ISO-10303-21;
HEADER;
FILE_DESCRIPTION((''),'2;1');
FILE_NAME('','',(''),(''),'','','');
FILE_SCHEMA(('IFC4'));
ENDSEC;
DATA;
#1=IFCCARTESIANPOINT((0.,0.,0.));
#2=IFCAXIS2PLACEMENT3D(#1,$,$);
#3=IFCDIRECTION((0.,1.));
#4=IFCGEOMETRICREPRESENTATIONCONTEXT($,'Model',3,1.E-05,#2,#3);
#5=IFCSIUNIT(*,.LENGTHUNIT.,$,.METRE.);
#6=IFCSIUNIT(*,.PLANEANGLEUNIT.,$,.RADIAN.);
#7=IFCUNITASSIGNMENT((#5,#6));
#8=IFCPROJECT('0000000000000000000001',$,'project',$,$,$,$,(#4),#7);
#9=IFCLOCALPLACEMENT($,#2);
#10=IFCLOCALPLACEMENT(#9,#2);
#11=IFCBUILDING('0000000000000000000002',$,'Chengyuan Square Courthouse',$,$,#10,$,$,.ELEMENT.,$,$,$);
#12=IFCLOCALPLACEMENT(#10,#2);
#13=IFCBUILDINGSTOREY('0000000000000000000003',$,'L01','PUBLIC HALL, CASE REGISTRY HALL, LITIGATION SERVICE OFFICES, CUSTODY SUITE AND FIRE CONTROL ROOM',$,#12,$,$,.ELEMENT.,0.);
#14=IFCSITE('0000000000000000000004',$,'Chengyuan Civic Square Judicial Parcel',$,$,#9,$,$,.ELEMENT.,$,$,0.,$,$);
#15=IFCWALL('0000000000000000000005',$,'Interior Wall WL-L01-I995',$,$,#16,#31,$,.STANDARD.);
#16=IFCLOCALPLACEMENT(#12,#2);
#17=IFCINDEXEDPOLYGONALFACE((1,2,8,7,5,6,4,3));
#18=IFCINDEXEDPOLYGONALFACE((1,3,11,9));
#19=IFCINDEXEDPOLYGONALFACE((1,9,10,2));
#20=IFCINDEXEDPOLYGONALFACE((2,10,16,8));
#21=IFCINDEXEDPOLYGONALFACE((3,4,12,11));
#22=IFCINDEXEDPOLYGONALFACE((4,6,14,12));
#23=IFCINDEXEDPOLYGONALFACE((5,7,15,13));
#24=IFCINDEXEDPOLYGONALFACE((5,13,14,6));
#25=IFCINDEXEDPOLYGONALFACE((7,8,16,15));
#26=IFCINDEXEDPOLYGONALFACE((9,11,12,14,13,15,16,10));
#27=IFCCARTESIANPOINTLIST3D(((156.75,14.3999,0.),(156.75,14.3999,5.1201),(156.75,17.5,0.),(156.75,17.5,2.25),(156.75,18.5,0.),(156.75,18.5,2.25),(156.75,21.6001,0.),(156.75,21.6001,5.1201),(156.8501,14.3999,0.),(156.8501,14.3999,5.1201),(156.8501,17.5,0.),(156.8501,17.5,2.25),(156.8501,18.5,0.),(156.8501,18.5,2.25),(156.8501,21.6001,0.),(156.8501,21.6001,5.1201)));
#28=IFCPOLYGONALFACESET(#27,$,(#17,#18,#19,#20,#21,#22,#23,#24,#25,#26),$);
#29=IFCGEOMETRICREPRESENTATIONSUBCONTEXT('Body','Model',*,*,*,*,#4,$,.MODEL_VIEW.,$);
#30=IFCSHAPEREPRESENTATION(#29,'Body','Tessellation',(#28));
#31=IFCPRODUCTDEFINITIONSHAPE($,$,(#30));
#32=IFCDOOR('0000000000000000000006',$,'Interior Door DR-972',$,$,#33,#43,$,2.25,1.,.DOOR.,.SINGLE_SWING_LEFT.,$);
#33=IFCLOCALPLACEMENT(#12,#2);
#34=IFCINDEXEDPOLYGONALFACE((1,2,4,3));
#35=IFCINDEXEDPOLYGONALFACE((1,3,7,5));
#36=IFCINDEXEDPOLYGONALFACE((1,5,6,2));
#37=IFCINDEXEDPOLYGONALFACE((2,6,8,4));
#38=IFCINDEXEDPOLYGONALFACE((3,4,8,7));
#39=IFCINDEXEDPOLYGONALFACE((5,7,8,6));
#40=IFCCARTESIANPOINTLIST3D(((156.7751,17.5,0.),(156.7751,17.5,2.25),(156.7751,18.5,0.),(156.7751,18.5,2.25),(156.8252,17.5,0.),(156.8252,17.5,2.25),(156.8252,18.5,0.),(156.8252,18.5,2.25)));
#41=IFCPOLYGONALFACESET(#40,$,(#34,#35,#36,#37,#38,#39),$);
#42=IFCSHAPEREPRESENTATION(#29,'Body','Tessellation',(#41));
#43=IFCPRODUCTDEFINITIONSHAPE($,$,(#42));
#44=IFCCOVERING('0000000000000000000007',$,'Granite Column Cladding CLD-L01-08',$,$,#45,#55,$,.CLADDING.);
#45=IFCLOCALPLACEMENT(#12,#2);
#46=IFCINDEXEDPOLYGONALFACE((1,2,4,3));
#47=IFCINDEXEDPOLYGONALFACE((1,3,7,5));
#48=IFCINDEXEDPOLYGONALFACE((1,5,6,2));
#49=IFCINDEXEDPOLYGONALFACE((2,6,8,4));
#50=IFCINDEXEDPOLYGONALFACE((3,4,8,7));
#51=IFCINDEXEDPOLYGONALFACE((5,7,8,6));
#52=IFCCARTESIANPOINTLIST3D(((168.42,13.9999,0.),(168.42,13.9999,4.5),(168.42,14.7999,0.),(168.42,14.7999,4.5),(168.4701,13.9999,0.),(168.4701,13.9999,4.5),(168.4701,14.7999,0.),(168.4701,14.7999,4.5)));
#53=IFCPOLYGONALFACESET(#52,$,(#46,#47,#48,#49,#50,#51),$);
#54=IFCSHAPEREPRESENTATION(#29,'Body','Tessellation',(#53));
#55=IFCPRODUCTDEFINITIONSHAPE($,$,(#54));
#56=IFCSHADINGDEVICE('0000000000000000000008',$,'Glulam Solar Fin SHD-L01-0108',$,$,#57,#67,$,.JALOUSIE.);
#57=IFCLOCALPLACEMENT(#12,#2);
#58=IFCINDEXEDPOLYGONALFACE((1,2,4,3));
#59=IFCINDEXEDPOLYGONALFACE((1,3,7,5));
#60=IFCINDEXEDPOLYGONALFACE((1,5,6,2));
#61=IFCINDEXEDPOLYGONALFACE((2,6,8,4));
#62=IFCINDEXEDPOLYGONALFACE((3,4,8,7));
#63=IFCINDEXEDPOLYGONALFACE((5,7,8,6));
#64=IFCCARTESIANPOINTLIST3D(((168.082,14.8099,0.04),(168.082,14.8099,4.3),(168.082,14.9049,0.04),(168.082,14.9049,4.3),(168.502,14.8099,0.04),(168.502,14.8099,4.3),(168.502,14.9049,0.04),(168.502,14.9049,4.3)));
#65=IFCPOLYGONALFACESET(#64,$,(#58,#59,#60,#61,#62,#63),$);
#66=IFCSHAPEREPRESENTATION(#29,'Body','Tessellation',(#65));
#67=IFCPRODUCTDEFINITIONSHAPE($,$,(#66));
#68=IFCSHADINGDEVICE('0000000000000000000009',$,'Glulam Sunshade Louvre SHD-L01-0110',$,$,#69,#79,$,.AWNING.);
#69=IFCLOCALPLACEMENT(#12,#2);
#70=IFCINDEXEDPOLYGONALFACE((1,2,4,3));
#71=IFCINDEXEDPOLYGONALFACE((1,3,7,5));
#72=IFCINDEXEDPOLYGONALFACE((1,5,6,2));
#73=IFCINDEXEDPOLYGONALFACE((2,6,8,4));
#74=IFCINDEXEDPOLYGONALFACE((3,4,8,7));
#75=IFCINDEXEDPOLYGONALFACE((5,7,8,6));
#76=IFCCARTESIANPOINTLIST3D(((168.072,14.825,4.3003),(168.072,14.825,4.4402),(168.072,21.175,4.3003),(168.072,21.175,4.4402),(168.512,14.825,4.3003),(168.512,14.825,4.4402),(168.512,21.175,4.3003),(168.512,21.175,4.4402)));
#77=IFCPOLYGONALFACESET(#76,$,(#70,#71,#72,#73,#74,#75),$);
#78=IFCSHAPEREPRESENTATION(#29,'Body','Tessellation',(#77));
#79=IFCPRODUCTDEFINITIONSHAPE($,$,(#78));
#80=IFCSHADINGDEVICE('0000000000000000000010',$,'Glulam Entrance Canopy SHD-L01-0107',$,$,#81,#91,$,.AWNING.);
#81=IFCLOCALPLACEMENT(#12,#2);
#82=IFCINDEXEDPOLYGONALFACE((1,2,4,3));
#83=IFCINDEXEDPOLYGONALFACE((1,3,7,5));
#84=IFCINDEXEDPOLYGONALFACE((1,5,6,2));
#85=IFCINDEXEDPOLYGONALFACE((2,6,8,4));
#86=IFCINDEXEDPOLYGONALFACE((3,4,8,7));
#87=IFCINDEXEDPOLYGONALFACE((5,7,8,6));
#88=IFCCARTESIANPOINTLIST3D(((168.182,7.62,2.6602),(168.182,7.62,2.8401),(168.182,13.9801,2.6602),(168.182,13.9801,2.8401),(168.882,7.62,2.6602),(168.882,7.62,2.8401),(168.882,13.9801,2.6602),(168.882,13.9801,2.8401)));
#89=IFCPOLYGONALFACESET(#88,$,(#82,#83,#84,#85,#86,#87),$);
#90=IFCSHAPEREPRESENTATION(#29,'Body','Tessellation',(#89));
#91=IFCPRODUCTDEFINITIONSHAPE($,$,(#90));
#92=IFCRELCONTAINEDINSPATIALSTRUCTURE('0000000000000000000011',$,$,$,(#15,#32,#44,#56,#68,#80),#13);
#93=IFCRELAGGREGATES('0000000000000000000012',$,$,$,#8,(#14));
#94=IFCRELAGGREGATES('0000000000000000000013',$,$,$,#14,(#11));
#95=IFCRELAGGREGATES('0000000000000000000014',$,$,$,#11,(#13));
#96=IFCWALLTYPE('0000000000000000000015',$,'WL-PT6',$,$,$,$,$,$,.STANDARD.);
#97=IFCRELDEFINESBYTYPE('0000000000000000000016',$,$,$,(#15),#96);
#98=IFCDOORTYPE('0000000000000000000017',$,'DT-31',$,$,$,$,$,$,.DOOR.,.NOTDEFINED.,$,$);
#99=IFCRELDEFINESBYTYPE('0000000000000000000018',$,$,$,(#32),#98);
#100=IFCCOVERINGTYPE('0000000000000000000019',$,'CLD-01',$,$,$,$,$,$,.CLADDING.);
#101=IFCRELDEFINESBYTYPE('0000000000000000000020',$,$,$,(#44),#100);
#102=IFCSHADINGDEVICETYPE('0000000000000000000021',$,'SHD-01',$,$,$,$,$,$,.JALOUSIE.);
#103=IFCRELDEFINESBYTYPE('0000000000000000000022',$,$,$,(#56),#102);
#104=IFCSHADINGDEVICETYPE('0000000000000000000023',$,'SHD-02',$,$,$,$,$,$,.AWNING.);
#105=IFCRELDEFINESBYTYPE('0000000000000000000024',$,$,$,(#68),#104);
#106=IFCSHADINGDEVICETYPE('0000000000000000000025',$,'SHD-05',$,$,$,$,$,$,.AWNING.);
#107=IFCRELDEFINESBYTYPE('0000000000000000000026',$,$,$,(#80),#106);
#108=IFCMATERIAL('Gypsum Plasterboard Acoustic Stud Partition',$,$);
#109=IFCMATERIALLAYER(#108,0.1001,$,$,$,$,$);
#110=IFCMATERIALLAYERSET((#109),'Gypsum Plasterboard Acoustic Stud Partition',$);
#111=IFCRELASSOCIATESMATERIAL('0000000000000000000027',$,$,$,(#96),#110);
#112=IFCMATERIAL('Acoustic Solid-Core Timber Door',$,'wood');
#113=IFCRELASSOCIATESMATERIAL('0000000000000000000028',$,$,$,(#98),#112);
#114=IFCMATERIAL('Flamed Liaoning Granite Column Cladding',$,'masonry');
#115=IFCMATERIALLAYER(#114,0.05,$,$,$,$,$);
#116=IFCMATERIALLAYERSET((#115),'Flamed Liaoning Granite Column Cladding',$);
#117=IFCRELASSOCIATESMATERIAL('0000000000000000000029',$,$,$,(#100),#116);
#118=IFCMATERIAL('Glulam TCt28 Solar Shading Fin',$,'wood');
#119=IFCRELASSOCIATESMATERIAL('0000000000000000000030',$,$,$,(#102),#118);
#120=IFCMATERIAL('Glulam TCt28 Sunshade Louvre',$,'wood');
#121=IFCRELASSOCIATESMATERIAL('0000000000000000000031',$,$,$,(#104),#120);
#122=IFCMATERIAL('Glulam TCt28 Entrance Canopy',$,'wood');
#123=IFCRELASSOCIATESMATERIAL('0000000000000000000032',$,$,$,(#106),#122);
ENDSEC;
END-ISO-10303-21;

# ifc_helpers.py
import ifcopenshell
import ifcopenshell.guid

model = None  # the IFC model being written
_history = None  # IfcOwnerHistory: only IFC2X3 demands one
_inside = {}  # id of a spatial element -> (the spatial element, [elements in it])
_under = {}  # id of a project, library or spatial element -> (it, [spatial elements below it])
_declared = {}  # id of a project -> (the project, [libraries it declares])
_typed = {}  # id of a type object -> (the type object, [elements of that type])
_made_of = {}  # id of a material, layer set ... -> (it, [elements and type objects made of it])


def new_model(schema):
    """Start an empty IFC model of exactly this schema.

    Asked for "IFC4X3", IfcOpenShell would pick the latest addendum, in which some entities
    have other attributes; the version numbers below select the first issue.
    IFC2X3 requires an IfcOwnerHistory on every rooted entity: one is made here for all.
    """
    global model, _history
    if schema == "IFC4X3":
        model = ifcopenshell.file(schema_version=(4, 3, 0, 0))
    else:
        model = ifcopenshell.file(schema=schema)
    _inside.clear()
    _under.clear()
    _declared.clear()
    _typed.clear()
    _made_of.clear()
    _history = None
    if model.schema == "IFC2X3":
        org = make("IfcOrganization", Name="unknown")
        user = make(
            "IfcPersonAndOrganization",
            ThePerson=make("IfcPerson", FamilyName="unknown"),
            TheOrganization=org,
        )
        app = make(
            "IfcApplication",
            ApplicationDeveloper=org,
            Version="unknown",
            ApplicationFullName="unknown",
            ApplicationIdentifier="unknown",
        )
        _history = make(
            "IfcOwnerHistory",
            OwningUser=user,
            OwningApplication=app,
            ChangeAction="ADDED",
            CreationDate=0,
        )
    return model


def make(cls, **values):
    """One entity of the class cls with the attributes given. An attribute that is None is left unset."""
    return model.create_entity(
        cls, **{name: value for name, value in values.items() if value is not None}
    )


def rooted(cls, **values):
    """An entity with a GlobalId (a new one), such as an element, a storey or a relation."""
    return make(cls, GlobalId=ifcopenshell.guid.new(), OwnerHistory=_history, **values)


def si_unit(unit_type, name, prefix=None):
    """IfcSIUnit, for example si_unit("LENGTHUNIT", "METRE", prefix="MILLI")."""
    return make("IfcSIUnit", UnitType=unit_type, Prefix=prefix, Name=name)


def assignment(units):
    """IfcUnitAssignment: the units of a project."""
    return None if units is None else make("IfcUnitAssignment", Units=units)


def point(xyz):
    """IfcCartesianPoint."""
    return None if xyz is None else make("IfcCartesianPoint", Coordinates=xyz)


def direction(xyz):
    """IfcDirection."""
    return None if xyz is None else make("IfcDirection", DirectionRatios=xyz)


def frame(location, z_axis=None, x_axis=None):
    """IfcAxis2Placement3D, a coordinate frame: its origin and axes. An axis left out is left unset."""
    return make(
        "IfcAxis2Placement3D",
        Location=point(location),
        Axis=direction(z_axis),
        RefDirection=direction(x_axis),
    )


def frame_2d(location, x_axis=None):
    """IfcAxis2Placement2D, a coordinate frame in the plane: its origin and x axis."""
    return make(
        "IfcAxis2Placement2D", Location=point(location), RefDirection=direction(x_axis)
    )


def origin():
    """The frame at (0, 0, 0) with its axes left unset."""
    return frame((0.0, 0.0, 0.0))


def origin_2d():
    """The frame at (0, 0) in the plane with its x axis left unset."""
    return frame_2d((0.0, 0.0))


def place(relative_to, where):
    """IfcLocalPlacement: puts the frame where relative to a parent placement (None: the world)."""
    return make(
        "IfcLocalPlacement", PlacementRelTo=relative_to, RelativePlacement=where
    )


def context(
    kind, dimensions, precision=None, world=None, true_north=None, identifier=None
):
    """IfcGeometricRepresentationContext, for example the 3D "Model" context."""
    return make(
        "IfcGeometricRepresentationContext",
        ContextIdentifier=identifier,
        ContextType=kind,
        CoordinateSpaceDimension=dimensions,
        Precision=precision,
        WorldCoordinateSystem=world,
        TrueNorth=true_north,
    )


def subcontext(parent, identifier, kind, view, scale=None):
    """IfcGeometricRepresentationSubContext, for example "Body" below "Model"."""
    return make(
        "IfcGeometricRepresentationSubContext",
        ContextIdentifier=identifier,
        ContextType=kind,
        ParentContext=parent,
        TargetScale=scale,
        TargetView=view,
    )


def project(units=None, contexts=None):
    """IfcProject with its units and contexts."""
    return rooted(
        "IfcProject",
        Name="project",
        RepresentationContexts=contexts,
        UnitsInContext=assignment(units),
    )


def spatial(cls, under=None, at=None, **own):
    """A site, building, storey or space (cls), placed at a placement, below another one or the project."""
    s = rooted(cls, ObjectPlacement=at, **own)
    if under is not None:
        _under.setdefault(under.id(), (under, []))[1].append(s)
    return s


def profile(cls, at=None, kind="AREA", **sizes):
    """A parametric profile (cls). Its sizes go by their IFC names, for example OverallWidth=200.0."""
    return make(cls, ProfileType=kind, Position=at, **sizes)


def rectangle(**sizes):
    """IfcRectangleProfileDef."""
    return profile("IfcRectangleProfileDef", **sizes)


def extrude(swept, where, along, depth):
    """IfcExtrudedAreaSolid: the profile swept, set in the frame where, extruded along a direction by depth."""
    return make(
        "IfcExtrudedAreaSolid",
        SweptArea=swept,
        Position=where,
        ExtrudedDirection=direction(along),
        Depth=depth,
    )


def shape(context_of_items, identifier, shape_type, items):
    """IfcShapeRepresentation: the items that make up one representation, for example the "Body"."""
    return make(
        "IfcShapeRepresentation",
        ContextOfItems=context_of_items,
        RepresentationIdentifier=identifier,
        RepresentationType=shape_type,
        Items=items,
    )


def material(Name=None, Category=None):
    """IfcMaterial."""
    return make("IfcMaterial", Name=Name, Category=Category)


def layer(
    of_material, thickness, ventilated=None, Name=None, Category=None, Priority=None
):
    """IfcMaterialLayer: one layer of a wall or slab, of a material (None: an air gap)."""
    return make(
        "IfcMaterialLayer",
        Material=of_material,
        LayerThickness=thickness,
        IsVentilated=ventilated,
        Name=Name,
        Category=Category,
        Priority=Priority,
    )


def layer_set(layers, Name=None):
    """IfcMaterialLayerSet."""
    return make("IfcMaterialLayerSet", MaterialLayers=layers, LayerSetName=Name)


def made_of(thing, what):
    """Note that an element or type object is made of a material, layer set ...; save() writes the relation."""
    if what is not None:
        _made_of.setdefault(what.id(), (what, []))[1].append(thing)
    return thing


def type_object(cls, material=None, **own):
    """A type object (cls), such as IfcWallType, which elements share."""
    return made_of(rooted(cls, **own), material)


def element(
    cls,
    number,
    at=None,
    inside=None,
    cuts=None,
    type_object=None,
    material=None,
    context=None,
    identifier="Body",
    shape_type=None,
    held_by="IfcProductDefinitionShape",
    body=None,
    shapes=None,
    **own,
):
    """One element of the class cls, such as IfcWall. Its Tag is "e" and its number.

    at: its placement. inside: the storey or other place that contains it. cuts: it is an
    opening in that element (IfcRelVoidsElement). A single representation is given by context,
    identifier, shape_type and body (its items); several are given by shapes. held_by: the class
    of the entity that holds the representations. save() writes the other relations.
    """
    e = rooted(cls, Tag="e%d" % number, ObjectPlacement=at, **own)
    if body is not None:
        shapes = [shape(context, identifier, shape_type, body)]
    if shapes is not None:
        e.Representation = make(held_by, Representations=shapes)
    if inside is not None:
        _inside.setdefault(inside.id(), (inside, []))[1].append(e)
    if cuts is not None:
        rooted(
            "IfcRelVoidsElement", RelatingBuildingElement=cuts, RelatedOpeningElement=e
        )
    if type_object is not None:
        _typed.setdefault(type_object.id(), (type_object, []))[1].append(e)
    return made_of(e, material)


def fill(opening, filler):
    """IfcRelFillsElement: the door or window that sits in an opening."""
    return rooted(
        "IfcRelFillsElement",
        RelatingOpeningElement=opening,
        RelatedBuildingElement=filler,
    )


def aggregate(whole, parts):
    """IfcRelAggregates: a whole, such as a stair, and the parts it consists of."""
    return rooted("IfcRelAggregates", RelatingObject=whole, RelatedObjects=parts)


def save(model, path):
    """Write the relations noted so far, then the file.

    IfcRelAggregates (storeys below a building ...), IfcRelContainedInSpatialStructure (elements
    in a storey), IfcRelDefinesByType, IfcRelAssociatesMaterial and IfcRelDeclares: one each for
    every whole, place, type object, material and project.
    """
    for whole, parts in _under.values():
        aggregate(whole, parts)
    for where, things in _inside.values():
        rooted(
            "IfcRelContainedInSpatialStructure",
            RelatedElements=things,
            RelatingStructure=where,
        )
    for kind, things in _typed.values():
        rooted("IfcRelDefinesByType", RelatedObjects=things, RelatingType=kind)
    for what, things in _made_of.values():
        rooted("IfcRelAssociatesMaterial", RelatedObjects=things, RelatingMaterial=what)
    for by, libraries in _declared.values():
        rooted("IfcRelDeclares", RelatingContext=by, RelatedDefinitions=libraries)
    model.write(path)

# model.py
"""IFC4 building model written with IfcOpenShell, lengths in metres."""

from ifc_helpers import new_model, si_unit, direction, frame, frame_2d, origin, origin_2d, place, context, subcontext, project, spatial, rectangle, extrude, material, layer, layer_set, type_object, element, fill, save


model = new_model("IFC4")

# Units and contexts
model_context = context("Model", 3, precision=1e-05, world=origin(), true_north=direction((0.0, 1.0)))
body_context = subcontext(model_context, "Body", "Model", "MODEL_VIEW")
ifc_project = project(units=[si_unit("LENGTHUNIT", "METRE"), si_unit("PLANEANGLEUNIT", "RADIAN")], contexts=[model_context])

# Site, building, storey
site_placement = place(None, origin())
site = spatial("IfcSite", under=ifc_project, at=site_placement, Name="Chengyuan Civic Square Judicial Parcel", CompositionType="ELEMENT", RefElevation=0.0)
building_placement = place(site_placement, origin())
building = spatial("IfcBuilding", under=site, at=building_placement, Name="Chengyuan Square Courthouse", CompositionType="ELEMENT")
storey_placement = place(building_placement, origin())
storey = spatial("IfcBuildingStorey", under=building, at=storey_placement, Name="L01", Description="PUBLIC HALL, CASE REGISTRY HALL, LITIGATION SERVICE OFFICES, CUSTODY SUITE AND FIRE CONTROL ROOM", CompositionType="ELEMENT", Elevation=0.0)

# Shared definitions
ifc_material_1 = material(Name="Gypsum Plasterboard Acoustic Stud Partition")
ifc_layer_1 = layer(ifc_material_1, 0.1001)
ifc_layer_set_1 = layer_set([ifc_layer_1], Name="Gypsum Plasterboard Acoustic Stud Partition")
wall_type_1 = type_object("IfcWallType", Name="WL-PT6", PredefinedType="STANDARD", material=ifc_layer_set_1)

# Wall, opening, door
wall_1_placement = place(storey_placement, frame((156.8, 14.3999, 0.0), z_axis=(0.0, 0.0, 1.0), x_axis=(0.0, 1.0, 0.0)))
wall_1 = element("IfcWall", 1, at=wall_1_placement, inside=storey, type_object=wall_type_1, Name="Interior Wall WL-L01-I995", PredefinedType="STANDARD", context=body_context, shape_type="SweptSolid", body=[
    extrude(rectangle(XDim=7.2002, YDim=0.1001, at=frame_2d((3.6001, 0.0))), origin(), (0.0, 0.0, 1.0), 5.1201),
])
opening_1_placement = place(wall_1_placement, frame((3.1001, 0.0, 0.0)))
opening_1 = element("IfcOpeningElement", 2, at=opening_1_placement, cuts=wall_1, PredefinedType="OPENING", context=body_context, shape_type="SweptSolid", body=[
    extrude(rectangle(XDim=1.0, YDim=2.25, at=frame_2d((0.5, 1.125))), frame((0.0, 0.062, 0.0), z_axis=(0.0, -1.0, 0.0), x_axis=(1.0, 0.0, 0.0)), (0.0, 0.0, 1.0), 0.124),
])
ifc_material_2 = material(Name="Acoustic Solid-Core Timber Door", Category="wood")
door_type_1 = type_object("IfcDoorType", Name="DT-31", OperationType="NOTDEFINED", PredefinedType="DOOR", material=ifc_material_2)
door_1_placement = place(opening_1_placement, origin())
door_1 = element("IfcDoor", 3, at=door_1_placement, inside=storey, type_object=door_type_1, Name="Interior Door DR-972", OperationType="SINGLE_SWING_LEFT", OverallHeight=2.25, OverallWidth=1.0, PredefinedType="DOOR", context=body_context, shape_type="SweptSolid", body=[
    extrude(rectangle(XDim=1.0, YDim=2.25, at=frame_2d((0.5, 1.125))), frame((0.0, 0.0249, 0.0), z_axis=(0.0, -1.0, 0.0), x_axis=(1.0, 0.0, 0.0)), (0.0, 0.0, 1.0), 0.05),
])
fill(opening_1, door_1)

# Covering
ifc_material_3 = material(Name="Flamed Liaoning Granite Column Cladding", Category="masonry")
ifc_layer_2 = layer(ifc_material_3, 0.05)
ifc_layer_set_2 = layer_set([ifc_layer_2], Name="Flamed Liaoning Granite Column Cladding")
covering_type = type_object("IfcCoveringType", Name="CLD-01", PredefinedType="CLADDING", material=ifc_layer_set_2)
covering_placement = place(storey_placement, frame((168.4451, 14.3999, 0.0), z_axis=(0.0, 0.0, 1.0), x_axis=(1.0, 0.0, 0.0)))
element("IfcCovering", 4, at=covering_placement, inside=storey, type_object=covering_type, Name="Granite Column Cladding CLD-L01-08", PredefinedType="CLADDING", context=body_context, shape_type="SweptSolid", body=[
    extrude(rectangle(XDim=0.05, YDim=0.8, at=origin_2d()), origin(), (0.0, 0.0, 1.0), 4.5),
])

# Shading devices
ifc_material_4 = material(Name="Glulam TCt28 Solar Shading Fin", Category="wood")
shading_device_type_1 = type_object("IfcShadingDeviceType", Name="SHD-01", PredefinedType="JALOUSIE", material=ifc_material_4)
shading_device_1_placement = place(storey_placement, frame((168.292, 14.8574, 0.04), z_axis=(0.0, 0.0, 1.0), x_axis=(1.0, 0.0, 0.0)))
element("IfcShadingDevice", 5, at=shading_device_1_placement, inside=storey, type_object=shading_device_type_1, Name="Glulam Solar Fin SHD-L01-0108", PredefinedType="JALOUSIE", context=body_context, shape_type="SweptSolid", body=[
    extrude(rectangle(XDim=0.4199, YDim=0.095, at=origin_2d()), origin(), (0.0, 0.0, 1.0), 4.26),
])
ifc_material_5 = material(Name="Glulam TCt28 Sunshade Louvre", Category="wood")
shading_device_type_2 = type_object("IfcShadingDeviceType", Name="SHD-02", PredefinedType="AWNING", material=ifc_material_5)
shading_device_2_placement = place(storey_placement, frame((168.292, 18.0, 4.3003), z_axis=(0.0, 0.0, 1.0), x_axis=(0.0, 1.0, 0.0)))
element("IfcShadingDevice", 6, at=shading_device_2_placement, inside=storey, type_object=shading_device_type_2, Name="Glulam Sunshade Louvre SHD-L01-0110", PredefinedType="AWNING", context=body_context, shape_type="SweptSolid", body=[
    extrude(rectangle(XDim=6.3501, YDim=0.4399, at=origin_2d()), origin(), (0.0, 0.0, 1.0), 0.1399),
])
ifc_material_6 = material(Name="Glulam TCt28 Entrance Canopy", Category="wood")
shading_device_type_3 = type_object("IfcShadingDeviceType", Name="SHD-05", PredefinedType="AWNING", material=ifc_material_6)
shading_device_3_placement = place(storey_placement, frame((168.532, 10.8, 2.6602), z_axis=(0.0, 0.0, 1.0), x_axis=(0.0, 1.0, 0.0)))
element("IfcShadingDevice", 7, at=shading_device_3_placement, inside=storey, type_object=shading_device_type_3, Name="Glulam Entrance Canopy SHD-L01-0107", PredefinedType="AWNING", context=body_context, shape_type="SweptSolid", body=[
    extrude(rectangle(XDim=6.3601, YDim=0.7, at=origin_2d()), origin(), (0.0, 0.0, 1.0), 0.1799),
])

save(model, "model.ifc")
